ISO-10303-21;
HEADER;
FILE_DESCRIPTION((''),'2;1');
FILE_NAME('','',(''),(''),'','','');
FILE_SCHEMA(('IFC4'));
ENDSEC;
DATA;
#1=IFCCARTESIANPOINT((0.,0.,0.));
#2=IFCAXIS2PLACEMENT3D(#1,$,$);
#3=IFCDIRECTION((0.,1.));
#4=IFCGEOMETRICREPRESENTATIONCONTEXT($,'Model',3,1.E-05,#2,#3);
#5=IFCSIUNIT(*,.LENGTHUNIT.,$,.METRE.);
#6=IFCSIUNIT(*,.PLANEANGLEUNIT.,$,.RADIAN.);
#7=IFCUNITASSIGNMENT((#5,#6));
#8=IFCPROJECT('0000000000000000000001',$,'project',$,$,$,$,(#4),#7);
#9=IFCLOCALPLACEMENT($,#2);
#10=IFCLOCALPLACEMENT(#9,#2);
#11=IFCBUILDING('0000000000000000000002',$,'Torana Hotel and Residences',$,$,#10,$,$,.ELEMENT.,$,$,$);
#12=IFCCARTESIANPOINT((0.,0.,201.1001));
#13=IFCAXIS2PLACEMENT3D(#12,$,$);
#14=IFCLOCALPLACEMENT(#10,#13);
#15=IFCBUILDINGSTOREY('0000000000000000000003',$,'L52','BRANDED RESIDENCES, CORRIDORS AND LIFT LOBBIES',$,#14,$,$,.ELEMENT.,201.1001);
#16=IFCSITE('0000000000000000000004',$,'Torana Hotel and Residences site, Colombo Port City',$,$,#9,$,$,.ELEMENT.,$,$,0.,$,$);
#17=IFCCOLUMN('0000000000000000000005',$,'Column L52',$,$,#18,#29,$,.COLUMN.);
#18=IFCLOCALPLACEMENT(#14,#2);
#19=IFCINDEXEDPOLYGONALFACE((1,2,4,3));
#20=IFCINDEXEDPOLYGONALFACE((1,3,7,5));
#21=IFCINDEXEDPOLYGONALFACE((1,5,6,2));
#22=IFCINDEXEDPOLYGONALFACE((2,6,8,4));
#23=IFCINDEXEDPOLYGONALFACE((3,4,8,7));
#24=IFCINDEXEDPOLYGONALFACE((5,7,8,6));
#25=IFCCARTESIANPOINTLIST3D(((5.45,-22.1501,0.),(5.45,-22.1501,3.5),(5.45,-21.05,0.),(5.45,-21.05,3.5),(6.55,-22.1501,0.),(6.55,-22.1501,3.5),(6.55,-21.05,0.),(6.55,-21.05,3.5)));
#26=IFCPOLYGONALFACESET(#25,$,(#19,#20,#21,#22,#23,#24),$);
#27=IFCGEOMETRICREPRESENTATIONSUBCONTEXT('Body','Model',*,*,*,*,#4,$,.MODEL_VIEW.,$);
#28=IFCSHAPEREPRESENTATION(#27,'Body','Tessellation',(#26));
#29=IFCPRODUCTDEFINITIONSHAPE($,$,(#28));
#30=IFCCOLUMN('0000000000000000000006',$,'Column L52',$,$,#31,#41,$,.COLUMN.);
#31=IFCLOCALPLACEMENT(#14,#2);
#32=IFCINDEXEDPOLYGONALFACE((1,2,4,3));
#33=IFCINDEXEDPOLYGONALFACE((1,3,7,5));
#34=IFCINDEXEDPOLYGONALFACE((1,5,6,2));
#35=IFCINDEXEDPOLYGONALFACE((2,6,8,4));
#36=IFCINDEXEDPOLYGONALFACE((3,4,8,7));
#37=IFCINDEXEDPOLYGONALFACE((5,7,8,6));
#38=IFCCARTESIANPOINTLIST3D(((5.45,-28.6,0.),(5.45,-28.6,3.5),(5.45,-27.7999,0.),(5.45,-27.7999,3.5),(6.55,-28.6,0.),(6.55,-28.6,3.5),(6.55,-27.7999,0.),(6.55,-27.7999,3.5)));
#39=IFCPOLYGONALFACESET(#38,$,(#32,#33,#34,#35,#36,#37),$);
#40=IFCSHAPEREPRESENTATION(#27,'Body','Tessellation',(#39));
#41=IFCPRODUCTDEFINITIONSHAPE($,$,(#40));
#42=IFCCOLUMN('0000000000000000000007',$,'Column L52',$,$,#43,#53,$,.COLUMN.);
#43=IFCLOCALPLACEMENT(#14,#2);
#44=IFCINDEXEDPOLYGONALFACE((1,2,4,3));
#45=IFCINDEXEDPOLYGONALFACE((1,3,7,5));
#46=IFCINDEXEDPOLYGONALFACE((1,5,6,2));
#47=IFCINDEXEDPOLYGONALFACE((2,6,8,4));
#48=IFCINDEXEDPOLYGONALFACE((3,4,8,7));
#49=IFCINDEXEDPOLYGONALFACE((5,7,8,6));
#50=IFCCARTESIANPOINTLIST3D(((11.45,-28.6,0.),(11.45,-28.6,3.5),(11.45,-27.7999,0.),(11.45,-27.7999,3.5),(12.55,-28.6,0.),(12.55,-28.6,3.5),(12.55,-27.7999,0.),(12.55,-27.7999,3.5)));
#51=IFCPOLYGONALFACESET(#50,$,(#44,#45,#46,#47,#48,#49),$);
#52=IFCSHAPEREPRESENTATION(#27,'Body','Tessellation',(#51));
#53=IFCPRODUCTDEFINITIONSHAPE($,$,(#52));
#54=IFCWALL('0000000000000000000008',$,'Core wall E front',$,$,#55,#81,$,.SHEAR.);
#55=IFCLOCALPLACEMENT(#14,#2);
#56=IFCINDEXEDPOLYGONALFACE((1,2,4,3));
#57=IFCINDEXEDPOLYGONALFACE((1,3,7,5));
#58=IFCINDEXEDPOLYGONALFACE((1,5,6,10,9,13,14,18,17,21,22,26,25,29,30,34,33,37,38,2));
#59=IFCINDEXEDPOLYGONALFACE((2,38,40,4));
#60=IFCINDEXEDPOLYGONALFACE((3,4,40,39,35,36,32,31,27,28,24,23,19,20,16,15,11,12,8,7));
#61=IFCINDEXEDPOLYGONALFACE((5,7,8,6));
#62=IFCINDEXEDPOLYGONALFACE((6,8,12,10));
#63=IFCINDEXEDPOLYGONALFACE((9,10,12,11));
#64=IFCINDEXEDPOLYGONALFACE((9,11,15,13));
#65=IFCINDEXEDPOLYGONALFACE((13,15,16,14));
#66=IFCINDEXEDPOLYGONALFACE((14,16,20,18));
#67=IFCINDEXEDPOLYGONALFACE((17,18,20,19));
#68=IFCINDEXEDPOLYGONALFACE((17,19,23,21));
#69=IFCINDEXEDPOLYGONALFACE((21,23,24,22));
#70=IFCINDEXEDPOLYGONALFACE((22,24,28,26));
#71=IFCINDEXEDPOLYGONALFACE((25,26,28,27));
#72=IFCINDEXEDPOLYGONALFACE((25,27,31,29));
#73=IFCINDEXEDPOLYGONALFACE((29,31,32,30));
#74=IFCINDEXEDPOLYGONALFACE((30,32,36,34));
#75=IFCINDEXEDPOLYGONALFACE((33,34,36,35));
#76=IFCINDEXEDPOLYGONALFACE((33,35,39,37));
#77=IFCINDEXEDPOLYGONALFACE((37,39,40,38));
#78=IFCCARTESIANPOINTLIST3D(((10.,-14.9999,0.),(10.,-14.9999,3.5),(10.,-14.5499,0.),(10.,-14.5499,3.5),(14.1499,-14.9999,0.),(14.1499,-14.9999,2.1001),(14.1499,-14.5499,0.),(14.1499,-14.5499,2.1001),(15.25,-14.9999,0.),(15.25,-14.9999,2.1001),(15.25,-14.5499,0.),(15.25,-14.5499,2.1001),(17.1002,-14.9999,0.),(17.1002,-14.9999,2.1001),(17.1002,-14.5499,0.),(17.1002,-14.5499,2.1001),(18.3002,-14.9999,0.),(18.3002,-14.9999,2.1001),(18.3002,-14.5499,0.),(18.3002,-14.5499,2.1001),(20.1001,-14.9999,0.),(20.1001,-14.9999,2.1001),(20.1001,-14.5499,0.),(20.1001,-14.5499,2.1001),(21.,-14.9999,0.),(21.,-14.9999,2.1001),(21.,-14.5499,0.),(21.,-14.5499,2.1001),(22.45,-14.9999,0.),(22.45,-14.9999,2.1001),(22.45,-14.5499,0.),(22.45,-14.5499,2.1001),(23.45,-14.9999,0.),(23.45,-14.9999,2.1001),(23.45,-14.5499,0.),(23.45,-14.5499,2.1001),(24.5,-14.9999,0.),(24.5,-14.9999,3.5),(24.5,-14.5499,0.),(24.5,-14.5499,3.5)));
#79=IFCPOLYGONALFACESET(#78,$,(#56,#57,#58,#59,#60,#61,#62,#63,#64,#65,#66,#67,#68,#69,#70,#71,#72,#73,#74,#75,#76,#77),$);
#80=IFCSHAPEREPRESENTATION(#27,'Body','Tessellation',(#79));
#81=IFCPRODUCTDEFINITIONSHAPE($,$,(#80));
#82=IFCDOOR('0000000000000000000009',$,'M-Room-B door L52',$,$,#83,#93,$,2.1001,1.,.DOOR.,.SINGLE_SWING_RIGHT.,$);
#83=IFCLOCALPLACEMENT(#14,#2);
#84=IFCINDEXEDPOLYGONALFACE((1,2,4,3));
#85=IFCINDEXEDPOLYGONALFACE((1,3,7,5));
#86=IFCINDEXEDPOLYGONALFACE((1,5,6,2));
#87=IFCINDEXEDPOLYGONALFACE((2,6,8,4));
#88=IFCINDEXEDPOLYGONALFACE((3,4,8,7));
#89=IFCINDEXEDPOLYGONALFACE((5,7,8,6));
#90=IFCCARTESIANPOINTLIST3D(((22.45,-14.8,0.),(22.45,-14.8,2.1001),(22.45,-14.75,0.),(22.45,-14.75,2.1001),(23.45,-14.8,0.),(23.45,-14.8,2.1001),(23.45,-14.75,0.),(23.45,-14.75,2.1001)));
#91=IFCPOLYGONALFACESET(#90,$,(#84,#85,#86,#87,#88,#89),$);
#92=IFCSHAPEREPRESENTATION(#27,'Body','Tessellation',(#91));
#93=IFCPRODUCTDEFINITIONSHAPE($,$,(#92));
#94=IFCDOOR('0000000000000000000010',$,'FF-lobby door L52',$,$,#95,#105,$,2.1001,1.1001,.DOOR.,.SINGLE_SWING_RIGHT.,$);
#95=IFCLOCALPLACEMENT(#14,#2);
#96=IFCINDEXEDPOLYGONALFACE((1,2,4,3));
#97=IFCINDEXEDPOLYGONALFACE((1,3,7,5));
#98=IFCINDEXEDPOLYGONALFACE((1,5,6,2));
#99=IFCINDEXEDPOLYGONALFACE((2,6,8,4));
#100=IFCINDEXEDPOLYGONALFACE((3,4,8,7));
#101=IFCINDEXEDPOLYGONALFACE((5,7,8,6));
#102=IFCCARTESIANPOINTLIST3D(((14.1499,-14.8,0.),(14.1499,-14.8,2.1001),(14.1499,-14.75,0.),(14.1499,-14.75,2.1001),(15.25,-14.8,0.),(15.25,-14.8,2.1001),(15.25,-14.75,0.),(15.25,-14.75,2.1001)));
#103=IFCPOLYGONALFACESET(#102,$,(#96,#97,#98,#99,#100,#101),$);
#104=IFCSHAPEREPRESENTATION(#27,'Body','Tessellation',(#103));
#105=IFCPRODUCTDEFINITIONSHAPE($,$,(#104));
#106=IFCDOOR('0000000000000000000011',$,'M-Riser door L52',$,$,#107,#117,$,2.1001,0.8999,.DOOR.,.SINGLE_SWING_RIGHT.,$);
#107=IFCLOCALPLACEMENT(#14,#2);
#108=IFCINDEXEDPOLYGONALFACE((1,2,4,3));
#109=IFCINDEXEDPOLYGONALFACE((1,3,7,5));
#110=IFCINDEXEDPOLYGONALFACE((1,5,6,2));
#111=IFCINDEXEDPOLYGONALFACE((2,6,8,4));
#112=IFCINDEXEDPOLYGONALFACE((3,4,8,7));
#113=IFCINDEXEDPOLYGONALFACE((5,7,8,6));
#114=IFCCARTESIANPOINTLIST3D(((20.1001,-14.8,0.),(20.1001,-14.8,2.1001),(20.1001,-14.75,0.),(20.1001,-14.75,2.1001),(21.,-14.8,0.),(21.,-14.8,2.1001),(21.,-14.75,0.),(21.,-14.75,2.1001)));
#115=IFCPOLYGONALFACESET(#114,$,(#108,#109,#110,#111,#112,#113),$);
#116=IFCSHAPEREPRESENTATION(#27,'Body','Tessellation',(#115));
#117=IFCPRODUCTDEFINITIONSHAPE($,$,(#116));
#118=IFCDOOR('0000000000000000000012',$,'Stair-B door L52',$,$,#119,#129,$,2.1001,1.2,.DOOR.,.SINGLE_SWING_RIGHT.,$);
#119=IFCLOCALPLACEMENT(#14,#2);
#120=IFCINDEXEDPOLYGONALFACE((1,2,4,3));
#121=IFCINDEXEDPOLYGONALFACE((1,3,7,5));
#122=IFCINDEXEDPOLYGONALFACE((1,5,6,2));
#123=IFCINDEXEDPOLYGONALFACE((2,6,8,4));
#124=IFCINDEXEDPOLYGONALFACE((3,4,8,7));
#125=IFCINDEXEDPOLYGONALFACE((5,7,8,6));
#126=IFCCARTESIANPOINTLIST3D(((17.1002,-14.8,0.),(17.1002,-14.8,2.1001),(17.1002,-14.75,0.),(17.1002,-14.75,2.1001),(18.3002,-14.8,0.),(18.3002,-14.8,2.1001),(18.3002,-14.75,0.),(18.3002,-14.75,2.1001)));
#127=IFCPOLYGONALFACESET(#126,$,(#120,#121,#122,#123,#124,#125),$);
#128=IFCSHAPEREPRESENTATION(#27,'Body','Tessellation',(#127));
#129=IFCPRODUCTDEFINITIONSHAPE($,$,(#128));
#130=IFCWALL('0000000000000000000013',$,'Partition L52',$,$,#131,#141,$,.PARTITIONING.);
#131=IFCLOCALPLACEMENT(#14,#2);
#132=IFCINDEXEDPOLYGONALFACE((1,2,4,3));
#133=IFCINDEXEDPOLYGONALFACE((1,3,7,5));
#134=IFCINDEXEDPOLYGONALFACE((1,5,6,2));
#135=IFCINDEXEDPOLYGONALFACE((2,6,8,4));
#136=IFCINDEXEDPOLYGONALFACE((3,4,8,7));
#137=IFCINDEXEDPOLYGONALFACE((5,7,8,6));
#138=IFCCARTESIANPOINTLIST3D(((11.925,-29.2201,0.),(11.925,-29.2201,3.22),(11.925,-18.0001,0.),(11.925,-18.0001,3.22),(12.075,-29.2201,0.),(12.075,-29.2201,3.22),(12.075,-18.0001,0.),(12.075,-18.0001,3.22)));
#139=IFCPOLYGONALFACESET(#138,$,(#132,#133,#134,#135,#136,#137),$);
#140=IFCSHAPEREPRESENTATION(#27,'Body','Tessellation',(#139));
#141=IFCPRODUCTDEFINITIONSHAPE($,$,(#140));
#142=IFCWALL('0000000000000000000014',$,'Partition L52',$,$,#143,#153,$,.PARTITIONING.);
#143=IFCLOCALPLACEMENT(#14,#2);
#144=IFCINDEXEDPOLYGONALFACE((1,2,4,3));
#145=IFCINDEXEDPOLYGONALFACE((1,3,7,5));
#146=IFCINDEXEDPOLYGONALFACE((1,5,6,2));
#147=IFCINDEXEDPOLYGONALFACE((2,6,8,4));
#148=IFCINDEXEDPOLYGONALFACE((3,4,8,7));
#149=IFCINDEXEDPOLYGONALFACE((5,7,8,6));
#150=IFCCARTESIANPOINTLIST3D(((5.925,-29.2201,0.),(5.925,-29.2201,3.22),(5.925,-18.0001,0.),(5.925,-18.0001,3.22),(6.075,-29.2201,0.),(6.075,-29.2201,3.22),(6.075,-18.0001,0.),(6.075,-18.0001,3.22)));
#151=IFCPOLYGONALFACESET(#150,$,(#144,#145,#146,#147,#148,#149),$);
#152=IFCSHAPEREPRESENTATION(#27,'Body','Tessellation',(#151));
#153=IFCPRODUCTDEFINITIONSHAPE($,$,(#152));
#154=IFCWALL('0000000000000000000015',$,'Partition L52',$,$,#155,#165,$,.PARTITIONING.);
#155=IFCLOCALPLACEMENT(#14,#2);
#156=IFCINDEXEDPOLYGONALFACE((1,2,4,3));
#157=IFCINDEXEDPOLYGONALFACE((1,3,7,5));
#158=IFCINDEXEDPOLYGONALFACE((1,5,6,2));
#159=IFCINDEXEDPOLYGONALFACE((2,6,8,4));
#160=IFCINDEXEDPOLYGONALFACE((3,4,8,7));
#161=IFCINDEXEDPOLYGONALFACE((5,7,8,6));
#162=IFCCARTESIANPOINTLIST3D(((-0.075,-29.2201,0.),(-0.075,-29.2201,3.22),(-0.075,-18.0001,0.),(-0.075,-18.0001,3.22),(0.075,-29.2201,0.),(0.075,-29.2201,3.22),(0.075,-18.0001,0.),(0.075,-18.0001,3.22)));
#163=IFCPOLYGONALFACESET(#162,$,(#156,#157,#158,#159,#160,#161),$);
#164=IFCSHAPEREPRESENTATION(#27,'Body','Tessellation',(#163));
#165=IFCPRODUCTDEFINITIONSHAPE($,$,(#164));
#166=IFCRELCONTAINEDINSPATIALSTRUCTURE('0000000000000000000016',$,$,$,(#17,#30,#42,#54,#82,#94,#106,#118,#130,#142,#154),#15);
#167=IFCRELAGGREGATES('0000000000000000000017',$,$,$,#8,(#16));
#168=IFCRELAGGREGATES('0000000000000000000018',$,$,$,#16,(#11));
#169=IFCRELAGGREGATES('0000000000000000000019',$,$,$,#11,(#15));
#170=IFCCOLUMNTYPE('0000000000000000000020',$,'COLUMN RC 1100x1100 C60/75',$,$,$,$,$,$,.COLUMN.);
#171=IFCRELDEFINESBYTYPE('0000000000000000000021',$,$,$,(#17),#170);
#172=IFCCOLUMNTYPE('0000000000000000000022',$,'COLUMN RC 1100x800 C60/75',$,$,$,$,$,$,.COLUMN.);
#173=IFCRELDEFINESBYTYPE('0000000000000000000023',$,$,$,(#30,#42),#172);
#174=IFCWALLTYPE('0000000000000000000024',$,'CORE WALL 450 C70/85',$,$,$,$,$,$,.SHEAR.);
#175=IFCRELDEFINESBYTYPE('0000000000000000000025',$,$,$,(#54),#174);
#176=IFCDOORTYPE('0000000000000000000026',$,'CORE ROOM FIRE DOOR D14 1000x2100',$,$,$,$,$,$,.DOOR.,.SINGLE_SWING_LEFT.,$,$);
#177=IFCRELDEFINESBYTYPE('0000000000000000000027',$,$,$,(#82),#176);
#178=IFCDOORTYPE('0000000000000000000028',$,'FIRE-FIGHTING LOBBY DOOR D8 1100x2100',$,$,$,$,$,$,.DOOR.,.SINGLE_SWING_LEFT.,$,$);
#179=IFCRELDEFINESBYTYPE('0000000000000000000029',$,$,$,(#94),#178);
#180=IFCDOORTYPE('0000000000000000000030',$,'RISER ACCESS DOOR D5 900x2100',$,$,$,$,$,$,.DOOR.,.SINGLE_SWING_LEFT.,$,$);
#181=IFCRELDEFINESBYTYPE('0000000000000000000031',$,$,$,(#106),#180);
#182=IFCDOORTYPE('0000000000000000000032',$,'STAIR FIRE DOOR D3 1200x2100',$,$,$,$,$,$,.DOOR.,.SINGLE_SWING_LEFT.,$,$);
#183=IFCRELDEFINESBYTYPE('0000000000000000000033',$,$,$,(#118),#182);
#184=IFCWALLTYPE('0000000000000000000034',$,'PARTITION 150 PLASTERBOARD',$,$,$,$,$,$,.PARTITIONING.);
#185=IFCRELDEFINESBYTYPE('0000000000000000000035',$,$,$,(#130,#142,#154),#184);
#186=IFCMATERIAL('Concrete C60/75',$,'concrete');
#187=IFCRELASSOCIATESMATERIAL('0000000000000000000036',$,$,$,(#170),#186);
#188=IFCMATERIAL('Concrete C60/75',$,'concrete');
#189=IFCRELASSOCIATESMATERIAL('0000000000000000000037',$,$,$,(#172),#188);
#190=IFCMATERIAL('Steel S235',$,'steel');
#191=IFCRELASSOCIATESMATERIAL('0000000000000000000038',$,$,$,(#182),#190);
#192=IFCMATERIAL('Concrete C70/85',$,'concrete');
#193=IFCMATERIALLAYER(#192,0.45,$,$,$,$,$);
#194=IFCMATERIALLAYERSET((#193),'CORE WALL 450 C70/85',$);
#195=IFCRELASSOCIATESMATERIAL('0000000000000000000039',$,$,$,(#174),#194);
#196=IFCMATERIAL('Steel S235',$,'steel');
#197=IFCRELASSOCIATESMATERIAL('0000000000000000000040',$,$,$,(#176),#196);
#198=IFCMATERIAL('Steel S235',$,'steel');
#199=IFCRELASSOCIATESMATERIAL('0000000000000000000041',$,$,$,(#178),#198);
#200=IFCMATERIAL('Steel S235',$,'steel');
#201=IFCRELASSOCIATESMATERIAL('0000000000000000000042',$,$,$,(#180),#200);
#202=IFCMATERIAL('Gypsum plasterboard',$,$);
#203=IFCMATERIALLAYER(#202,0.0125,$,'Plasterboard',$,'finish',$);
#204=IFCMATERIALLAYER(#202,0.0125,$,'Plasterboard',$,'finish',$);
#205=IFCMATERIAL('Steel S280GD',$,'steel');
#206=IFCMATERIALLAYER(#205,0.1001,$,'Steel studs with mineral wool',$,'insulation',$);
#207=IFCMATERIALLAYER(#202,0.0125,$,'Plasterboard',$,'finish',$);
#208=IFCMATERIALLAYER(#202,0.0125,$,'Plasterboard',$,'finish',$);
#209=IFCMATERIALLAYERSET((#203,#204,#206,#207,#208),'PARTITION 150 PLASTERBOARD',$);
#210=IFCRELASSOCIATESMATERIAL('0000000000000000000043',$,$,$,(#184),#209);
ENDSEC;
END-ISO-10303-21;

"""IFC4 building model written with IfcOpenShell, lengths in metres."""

from ifc_helpers import new_model, si_unit, direction, frame, frame_2d, origin, origin_2d, place, context, subcontext, project, spatial, rectangle, extrude, material, layer, layer_set, material_profile, profile_set, type_object, element, fill, save


model = new_model("IFC4")

# Units and contexts
model_context = context("Model", 3, precision=1e-05, world=origin(), true_north=direction((0.0, 1.0)))
body_context = subcontext(model_context, "Body", "Model", "MODEL_VIEW")
ifc_project = project(units=[si_unit("LENGTHUNIT", "METRE"), si_unit("PLANEANGLEUNIT", "RADIAN")], contexts=[model_context])

# Site, building, storey
site_placement = place(None, origin())
site = spatial("IfcSite", under=ifc_project, at=site_placement, Name="Torana Hotel and Residences site, Colombo Port City", CompositionType="ELEMENT", RefElevation=0.0)
building_placement = place(site_placement, origin())
building = spatial("IfcBuilding", under=site, at=building_placement, Name="Torana Hotel and Residences", CompositionType="ELEMENT")
storey_placement = place(building_placement, frame((0.0, 0.0, 201.1001)))
storey = spatial("IfcBuildingStorey", under=building, at=storey_placement, Name="L52", Description="BRANDED RESIDENCES, CORRIDORS AND LIFT LOBBIES", CompositionType="ELEMENT", Elevation=201.1001)

# Columns
ifc_material_1 = material(Name="Concrete C60/75", Category="concrete")
ifc_material_profile_1 = material_profile(ifc_material_1, rectangle(XDim=1.1001, YDim=1.1001, at=origin_2d()), Name="RC 1100x1100")
ifc_profile_set_1 = profile_set([ifc_material_profile_1], Name="Concrete C60/75")
column_type_1 = type_object("IfcColumnType", Name="COLUMN RC 1100x1100 C60/75", PredefinedType="COLUMN", material=ifc_profile_set_1)
column_placement = place(storey_placement, frame((6.0, -21.6001, 0.0), z_axis=(0.0, 0.0, 1.0), x_axis=(1.0, 0.0, 0.0)))
element("IfcColumn", 1, at=column_placement, inside=storey, type_object=column_type_1, Name="Column L52", PredefinedType="COLUMN", context=body_context, shape_type="SweptSolid", body=[
    extrude(rectangle(XDim=1.1001, YDim=1.1001, at=origin_2d()), origin(), (0.0, 0.0, 1.0), 3.5),
])
ifc_material_2 = material(Name="Concrete C60/75", Category="concrete")
ifc_material_profile_2 = material_profile(ifc_material_2, rectangle(XDim=1.1001, YDim=0.8, at=origin_2d()), Name="RC 1100x800")
ifc_profile_set_2 = profile_set([ifc_material_profile_2], Name="Concrete C60/75")
column_type_2 = type_object("IfcColumnType", Name="COLUMN RC 1100x800 C60/75", PredefinedType="COLUMN", material=ifc_profile_set_2)
for number, where, z_axis, x_axis, name in (
    (2, (6.0, -28.2, 0.0), (0.0, 0.0, 1.0), (1.0, 0.0, 0.0), "Column L52"),
    (3, (12.0, -28.2, 0.0), (0.0, 0.0, 1.0), (1.0, 0.0, 0.0), "Column L52"),
):
    element("IfcColumn", number, at=place(storey_placement, frame(where, z_axis=z_axis, x_axis=x_axis)), inside=storey, type_object=column_type_2, Name=name, PredefinedType="COLUMN", context=body_context, shape_type="SweptSolid", body=[
        extrude(rectangle(XDim=1.1001, YDim=0.8, at=origin_2d()), origin(), (0.0, 0.0, 1.0), 3.5),
    ])

# Wall, openings, doors
ifc_material_3 = material(Name="Steel S235", Category="steel")
door_type_1 = type_object("IfcDoorType", Name="STAIR FIRE DOOR D3 1200x2100", OperationType="SINGLE_SWING_LEFT", PredefinedType="DOOR", material=ifc_material_3)
ifc_material_4 = material(Name="Concrete C70/85", Category="concrete")
ifc_layer_1 = layer(ifc_material_4, 0.45)
ifc_layer_set_1 = layer_set([ifc_layer_1], Name="CORE WALL 450 C70/85")
wall_type_1 = type_object("IfcWallType", Name="CORE WALL 450 C70/85", PredefinedType="SHEAR", material=ifc_layer_set_1)
wall_1_placement = place(storey_placement, frame((10.0, -14.7749, 0.0), z_axis=(0.0, 0.0, 1.0), x_axis=(1.0, 0.0, 0.0)))
wall_1 = element("IfcWall", 4, at=wall_1_placement, inside=storey, type_object=wall_type_1, Name="Core wall E front", PredefinedType="SHEAR", context=body_context, shape_type="SweptSolid", body=[
    extrude(rectangle(XDim=14.5, YDim=0.45, at=frame_2d((7.25, 0.0))), origin(), (0.0, 0.0, 1.0), 3.5),
])
opening_1_placement = place(wall_1_placement, frame((7.1001, 0.0, 0.0)))
opening_1 = element("IfcOpeningElement", 5, at=opening_1_placement, cuts=wall_1, PredefinedType="OPENING", context=body_context, shape_type="SweptSolid", body=[
    extrude(rectangle(XDim=1.2, YDim=2.1001, at=frame_2d((0.6001, 1.05))), frame((0.0, 0.2349, 0.0), z_axis=(0.0, -1.0, 0.0), x_axis=(1.0, 0.0, 0.0)), (0.0, 0.0, 1.0), 0.47),
])
opening_2_placement = place(wall_1_placement, frame((4.1499, 0.0, 0.0)))
opening_2 = element("IfcOpeningElement", 6, at=opening_2_placement, cuts=wall_1, PredefinedType="OPENING", context=body_context, shape_type="SweptSolid", body=[
    extrude(rectangle(XDim=1.1001, YDim=2.1001, at=frame_2d((0.55, 1.05))), frame((0.0, 0.2349, 0.0), z_axis=(0.0, -1.0, 0.0), x_axis=(1.0, 0.0, 0.0)), (0.0, 0.0, 1.0), 0.47),
])
opening_3_placement = place(wall_1_placement, frame((10.1001, 0.0, 0.0)))
opening_3 = element("IfcOpeningElement", 7, at=opening_3_placement, cuts=wall_1, PredefinedType="OPENING", context=body_context, shape_type="SweptSolid", body=[
    extrude(rectangle(XDim=0.8999, YDim=2.1001, at=frame_2d((0.45, 1.05))), frame((0.0, 0.2349, 0.0), z_axis=(0.0, -1.0, 0.0), x_axis=(1.0, 0.0, 0.0)), (0.0, 0.0, 1.0), 0.47),
])
opening_4_placement = place(wall_1_placement, frame((12.45, 0.0, 0.0)))
opening_4 = element("IfcOpeningElement", 8, at=opening_4_placement, cuts=wall_1, PredefinedType="OPENING", context=body_context, shape_type="SweptSolid", body=[
    extrude(rectangle(XDim=1.0, YDim=2.1001, at=frame_2d((0.5, 1.05))), frame((0.0, 0.2349, 0.0), z_axis=(0.0, -1.0, 0.0), x_axis=(1.0, 0.0, 0.0)), (0.0, 0.0, 1.0), 0.47),
])
ifc_material_5 = material(Name="Steel S235", Category="steel")
door_type_2 = type_object("IfcDoorType", Name="CORE ROOM FIRE DOOR D14 1000x2100", OperationType="SINGLE_SWING_LEFT", PredefinedType="DOOR", material=ifc_material_5)
door_1_placement = place(opening_4_placement, origin())
door_1 = element("IfcDoor", 9, at=door_1_placement, inside=storey, type_object=door_type_2, Name="M-Room-B door L52", OperationType="SINGLE_SWING_RIGHT", OverallHeight=2.1001, OverallWidth=1.0, PredefinedType="DOOR", context=body_context, shape_type="SweptSolid", body=[
    extrude(rectangle(XDim=1.0, YDim=2.1001, at=frame_2d((0.5, 1.05))), frame((0.0, 0.0249, 0.0), z_axis=(0.0, -1.0, 0.0), x_axis=(1.0, 0.0, 0.0)), (0.0, 0.0, 1.0), 0.05),
])
fill(opening_4, door_1)
ifc_material_6 = material(Name="Steel S235", Category="steel")
door_type_3 = type_object("IfcDoorType", Name="FIRE-FIGHTING LOBBY DOOR D8 1100x2100", OperationType="SINGLE_SWING_LEFT", PredefinedType="DOOR", material=ifc_material_6)
door_2_placement = place(opening_2_placement, origin())
door_2 = element("IfcDoor", 10, at=door_2_placement, inside=storey, type_object=door_type_3, Name="FF-lobby door L52", OperationType="SINGLE_SWING_RIGHT", OverallHeight=2.1001, OverallWidth=1.1001, PredefinedType="DOOR", context=body_context, shape_type="SweptSolid", body=[
    extrude(rectangle(XDim=1.1001, YDim=2.1001, at=frame_2d((0.55, 1.05))), frame((0.0, 0.0249, 0.0), z_axis=(0.0, -1.0, 0.0), x_axis=(1.0, 0.0, 0.0)), (0.0, 0.0, 1.0), 0.05),
])
fill(opening_2, door_2)
ifc_material_7 = material(Name="Steel S235", Category="steel")
door_type_4 = type_object("IfcDoorType", Name="RISER ACCESS DOOR D5 900x2100", OperationType="SINGLE_SWING_LEFT", PredefinedType="DOOR", material=ifc_material_7)
door_3_placement = place(opening_3_placement, origin())
door_3 = element("IfcDoor", 11, at=door_3_placement, inside=storey, type_object=door_type_4, Name="M-Riser door L52", OperationType="SINGLE_SWING_RIGHT", OverallHeight=2.1001, OverallWidth=0.8999, PredefinedType="DOOR", context=body_context, shape_type="SweptSolid", body=[
    extrude(rectangle(XDim=0.8999, YDim=2.1001, at=frame_2d((0.45, 1.05))), frame((0.0, 0.0249, 0.0), z_axis=(0.0, -1.0, 0.0), x_axis=(1.0, 0.0, 0.0)), (0.0, 0.0, 1.0), 0.05),
])
fill(opening_3, door_3)
door_4_placement = place(opening_1_placement, origin())
door_4 = element("IfcDoor", 12, at=door_4_placement, inside=storey, type_object=door_type_1, Name="Stair-B door L52", OperationType="SINGLE_SWING_RIGHT", OverallHeight=2.1001, OverallWidth=1.2, PredefinedType="DOOR", context=body_context, shape_type="SweptSolid", body=[
    extrude(rectangle(XDim=1.2, YDim=2.1001, at=frame_2d((0.6001, 1.05))), frame((0.0, 0.0249, 0.0), z_axis=(0.0, -1.0, 0.0), x_axis=(1.0, 0.0, 0.0)), (0.0, 0.0, 1.0), 0.05),
])
fill(opening_1, door_4)

# Walls
ifc_material_8 = material(Name="Gypsum plasterboard")
ifc_layer_2 = layer(ifc_material_8, 0.0125, Name="Plasterboard", Category="finish")
ifc_layer_3 = layer(ifc_material_8, 0.0125, Name="Plasterboard", Category="finish")
ifc_material_9 = material(Name="Steel S280GD", Category="steel")
ifc_layer_4 = layer(ifc_material_9, 0.1001, Name="Steel studs with mineral wool", Category="insulation")
ifc_layer_5 = layer(ifc_material_8, 0.0125, Name="Plasterboard", Category="finish")
ifc_layer_6 = layer(ifc_material_8, 0.0125, Name="Plasterboard", Category="finish")
ifc_layer_set_2 = layer_set([ifc_layer_2, ifc_layer_3, ifc_layer_4, ifc_layer_5, ifc_layer_6], Name="PARTITION 150 PLASTERBOARD")
wall_type_2 = type_object("IfcWallType", Name="PARTITION 150 PLASTERBOARD", PredefinedType="PARTITIONING", material=ifc_layer_set_2)
for number, where, z_axis, x_axis, name in (
    (13, (12.0, -29.22, 0.0), (0.0, 0.0, 1.0), (0.0, 1.0, 0.0), "Partition L52"),
    (14, (6.0, -29.22, 0.0), (0.0, 0.0, 1.0), (0.0, 1.0, 0.0), "Partition L52"),
    (15, (0.0, -29.22, 0.0), (0.0, 0.0, 1.0), (0.0, 1.0, 0.0), "Partition L52"),
):
    element("IfcWall", number, at=place(storey_placement, frame(where, z_axis=z_axis, x_axis=x_axis)), inside=storey, type_object=wall_type_2, Name=name, PredefinedType="PARTITIONING", context=body_context, shape_type="SweptSolid", body=[
        extrude(rectangle(XDim=11.22, YDim=0.1499, at=frame_2d((5.6099, 0.0))), origin(), (0.0, 0.0, 1.0), 3.22),
    ])

save(model, "model.ifc")
